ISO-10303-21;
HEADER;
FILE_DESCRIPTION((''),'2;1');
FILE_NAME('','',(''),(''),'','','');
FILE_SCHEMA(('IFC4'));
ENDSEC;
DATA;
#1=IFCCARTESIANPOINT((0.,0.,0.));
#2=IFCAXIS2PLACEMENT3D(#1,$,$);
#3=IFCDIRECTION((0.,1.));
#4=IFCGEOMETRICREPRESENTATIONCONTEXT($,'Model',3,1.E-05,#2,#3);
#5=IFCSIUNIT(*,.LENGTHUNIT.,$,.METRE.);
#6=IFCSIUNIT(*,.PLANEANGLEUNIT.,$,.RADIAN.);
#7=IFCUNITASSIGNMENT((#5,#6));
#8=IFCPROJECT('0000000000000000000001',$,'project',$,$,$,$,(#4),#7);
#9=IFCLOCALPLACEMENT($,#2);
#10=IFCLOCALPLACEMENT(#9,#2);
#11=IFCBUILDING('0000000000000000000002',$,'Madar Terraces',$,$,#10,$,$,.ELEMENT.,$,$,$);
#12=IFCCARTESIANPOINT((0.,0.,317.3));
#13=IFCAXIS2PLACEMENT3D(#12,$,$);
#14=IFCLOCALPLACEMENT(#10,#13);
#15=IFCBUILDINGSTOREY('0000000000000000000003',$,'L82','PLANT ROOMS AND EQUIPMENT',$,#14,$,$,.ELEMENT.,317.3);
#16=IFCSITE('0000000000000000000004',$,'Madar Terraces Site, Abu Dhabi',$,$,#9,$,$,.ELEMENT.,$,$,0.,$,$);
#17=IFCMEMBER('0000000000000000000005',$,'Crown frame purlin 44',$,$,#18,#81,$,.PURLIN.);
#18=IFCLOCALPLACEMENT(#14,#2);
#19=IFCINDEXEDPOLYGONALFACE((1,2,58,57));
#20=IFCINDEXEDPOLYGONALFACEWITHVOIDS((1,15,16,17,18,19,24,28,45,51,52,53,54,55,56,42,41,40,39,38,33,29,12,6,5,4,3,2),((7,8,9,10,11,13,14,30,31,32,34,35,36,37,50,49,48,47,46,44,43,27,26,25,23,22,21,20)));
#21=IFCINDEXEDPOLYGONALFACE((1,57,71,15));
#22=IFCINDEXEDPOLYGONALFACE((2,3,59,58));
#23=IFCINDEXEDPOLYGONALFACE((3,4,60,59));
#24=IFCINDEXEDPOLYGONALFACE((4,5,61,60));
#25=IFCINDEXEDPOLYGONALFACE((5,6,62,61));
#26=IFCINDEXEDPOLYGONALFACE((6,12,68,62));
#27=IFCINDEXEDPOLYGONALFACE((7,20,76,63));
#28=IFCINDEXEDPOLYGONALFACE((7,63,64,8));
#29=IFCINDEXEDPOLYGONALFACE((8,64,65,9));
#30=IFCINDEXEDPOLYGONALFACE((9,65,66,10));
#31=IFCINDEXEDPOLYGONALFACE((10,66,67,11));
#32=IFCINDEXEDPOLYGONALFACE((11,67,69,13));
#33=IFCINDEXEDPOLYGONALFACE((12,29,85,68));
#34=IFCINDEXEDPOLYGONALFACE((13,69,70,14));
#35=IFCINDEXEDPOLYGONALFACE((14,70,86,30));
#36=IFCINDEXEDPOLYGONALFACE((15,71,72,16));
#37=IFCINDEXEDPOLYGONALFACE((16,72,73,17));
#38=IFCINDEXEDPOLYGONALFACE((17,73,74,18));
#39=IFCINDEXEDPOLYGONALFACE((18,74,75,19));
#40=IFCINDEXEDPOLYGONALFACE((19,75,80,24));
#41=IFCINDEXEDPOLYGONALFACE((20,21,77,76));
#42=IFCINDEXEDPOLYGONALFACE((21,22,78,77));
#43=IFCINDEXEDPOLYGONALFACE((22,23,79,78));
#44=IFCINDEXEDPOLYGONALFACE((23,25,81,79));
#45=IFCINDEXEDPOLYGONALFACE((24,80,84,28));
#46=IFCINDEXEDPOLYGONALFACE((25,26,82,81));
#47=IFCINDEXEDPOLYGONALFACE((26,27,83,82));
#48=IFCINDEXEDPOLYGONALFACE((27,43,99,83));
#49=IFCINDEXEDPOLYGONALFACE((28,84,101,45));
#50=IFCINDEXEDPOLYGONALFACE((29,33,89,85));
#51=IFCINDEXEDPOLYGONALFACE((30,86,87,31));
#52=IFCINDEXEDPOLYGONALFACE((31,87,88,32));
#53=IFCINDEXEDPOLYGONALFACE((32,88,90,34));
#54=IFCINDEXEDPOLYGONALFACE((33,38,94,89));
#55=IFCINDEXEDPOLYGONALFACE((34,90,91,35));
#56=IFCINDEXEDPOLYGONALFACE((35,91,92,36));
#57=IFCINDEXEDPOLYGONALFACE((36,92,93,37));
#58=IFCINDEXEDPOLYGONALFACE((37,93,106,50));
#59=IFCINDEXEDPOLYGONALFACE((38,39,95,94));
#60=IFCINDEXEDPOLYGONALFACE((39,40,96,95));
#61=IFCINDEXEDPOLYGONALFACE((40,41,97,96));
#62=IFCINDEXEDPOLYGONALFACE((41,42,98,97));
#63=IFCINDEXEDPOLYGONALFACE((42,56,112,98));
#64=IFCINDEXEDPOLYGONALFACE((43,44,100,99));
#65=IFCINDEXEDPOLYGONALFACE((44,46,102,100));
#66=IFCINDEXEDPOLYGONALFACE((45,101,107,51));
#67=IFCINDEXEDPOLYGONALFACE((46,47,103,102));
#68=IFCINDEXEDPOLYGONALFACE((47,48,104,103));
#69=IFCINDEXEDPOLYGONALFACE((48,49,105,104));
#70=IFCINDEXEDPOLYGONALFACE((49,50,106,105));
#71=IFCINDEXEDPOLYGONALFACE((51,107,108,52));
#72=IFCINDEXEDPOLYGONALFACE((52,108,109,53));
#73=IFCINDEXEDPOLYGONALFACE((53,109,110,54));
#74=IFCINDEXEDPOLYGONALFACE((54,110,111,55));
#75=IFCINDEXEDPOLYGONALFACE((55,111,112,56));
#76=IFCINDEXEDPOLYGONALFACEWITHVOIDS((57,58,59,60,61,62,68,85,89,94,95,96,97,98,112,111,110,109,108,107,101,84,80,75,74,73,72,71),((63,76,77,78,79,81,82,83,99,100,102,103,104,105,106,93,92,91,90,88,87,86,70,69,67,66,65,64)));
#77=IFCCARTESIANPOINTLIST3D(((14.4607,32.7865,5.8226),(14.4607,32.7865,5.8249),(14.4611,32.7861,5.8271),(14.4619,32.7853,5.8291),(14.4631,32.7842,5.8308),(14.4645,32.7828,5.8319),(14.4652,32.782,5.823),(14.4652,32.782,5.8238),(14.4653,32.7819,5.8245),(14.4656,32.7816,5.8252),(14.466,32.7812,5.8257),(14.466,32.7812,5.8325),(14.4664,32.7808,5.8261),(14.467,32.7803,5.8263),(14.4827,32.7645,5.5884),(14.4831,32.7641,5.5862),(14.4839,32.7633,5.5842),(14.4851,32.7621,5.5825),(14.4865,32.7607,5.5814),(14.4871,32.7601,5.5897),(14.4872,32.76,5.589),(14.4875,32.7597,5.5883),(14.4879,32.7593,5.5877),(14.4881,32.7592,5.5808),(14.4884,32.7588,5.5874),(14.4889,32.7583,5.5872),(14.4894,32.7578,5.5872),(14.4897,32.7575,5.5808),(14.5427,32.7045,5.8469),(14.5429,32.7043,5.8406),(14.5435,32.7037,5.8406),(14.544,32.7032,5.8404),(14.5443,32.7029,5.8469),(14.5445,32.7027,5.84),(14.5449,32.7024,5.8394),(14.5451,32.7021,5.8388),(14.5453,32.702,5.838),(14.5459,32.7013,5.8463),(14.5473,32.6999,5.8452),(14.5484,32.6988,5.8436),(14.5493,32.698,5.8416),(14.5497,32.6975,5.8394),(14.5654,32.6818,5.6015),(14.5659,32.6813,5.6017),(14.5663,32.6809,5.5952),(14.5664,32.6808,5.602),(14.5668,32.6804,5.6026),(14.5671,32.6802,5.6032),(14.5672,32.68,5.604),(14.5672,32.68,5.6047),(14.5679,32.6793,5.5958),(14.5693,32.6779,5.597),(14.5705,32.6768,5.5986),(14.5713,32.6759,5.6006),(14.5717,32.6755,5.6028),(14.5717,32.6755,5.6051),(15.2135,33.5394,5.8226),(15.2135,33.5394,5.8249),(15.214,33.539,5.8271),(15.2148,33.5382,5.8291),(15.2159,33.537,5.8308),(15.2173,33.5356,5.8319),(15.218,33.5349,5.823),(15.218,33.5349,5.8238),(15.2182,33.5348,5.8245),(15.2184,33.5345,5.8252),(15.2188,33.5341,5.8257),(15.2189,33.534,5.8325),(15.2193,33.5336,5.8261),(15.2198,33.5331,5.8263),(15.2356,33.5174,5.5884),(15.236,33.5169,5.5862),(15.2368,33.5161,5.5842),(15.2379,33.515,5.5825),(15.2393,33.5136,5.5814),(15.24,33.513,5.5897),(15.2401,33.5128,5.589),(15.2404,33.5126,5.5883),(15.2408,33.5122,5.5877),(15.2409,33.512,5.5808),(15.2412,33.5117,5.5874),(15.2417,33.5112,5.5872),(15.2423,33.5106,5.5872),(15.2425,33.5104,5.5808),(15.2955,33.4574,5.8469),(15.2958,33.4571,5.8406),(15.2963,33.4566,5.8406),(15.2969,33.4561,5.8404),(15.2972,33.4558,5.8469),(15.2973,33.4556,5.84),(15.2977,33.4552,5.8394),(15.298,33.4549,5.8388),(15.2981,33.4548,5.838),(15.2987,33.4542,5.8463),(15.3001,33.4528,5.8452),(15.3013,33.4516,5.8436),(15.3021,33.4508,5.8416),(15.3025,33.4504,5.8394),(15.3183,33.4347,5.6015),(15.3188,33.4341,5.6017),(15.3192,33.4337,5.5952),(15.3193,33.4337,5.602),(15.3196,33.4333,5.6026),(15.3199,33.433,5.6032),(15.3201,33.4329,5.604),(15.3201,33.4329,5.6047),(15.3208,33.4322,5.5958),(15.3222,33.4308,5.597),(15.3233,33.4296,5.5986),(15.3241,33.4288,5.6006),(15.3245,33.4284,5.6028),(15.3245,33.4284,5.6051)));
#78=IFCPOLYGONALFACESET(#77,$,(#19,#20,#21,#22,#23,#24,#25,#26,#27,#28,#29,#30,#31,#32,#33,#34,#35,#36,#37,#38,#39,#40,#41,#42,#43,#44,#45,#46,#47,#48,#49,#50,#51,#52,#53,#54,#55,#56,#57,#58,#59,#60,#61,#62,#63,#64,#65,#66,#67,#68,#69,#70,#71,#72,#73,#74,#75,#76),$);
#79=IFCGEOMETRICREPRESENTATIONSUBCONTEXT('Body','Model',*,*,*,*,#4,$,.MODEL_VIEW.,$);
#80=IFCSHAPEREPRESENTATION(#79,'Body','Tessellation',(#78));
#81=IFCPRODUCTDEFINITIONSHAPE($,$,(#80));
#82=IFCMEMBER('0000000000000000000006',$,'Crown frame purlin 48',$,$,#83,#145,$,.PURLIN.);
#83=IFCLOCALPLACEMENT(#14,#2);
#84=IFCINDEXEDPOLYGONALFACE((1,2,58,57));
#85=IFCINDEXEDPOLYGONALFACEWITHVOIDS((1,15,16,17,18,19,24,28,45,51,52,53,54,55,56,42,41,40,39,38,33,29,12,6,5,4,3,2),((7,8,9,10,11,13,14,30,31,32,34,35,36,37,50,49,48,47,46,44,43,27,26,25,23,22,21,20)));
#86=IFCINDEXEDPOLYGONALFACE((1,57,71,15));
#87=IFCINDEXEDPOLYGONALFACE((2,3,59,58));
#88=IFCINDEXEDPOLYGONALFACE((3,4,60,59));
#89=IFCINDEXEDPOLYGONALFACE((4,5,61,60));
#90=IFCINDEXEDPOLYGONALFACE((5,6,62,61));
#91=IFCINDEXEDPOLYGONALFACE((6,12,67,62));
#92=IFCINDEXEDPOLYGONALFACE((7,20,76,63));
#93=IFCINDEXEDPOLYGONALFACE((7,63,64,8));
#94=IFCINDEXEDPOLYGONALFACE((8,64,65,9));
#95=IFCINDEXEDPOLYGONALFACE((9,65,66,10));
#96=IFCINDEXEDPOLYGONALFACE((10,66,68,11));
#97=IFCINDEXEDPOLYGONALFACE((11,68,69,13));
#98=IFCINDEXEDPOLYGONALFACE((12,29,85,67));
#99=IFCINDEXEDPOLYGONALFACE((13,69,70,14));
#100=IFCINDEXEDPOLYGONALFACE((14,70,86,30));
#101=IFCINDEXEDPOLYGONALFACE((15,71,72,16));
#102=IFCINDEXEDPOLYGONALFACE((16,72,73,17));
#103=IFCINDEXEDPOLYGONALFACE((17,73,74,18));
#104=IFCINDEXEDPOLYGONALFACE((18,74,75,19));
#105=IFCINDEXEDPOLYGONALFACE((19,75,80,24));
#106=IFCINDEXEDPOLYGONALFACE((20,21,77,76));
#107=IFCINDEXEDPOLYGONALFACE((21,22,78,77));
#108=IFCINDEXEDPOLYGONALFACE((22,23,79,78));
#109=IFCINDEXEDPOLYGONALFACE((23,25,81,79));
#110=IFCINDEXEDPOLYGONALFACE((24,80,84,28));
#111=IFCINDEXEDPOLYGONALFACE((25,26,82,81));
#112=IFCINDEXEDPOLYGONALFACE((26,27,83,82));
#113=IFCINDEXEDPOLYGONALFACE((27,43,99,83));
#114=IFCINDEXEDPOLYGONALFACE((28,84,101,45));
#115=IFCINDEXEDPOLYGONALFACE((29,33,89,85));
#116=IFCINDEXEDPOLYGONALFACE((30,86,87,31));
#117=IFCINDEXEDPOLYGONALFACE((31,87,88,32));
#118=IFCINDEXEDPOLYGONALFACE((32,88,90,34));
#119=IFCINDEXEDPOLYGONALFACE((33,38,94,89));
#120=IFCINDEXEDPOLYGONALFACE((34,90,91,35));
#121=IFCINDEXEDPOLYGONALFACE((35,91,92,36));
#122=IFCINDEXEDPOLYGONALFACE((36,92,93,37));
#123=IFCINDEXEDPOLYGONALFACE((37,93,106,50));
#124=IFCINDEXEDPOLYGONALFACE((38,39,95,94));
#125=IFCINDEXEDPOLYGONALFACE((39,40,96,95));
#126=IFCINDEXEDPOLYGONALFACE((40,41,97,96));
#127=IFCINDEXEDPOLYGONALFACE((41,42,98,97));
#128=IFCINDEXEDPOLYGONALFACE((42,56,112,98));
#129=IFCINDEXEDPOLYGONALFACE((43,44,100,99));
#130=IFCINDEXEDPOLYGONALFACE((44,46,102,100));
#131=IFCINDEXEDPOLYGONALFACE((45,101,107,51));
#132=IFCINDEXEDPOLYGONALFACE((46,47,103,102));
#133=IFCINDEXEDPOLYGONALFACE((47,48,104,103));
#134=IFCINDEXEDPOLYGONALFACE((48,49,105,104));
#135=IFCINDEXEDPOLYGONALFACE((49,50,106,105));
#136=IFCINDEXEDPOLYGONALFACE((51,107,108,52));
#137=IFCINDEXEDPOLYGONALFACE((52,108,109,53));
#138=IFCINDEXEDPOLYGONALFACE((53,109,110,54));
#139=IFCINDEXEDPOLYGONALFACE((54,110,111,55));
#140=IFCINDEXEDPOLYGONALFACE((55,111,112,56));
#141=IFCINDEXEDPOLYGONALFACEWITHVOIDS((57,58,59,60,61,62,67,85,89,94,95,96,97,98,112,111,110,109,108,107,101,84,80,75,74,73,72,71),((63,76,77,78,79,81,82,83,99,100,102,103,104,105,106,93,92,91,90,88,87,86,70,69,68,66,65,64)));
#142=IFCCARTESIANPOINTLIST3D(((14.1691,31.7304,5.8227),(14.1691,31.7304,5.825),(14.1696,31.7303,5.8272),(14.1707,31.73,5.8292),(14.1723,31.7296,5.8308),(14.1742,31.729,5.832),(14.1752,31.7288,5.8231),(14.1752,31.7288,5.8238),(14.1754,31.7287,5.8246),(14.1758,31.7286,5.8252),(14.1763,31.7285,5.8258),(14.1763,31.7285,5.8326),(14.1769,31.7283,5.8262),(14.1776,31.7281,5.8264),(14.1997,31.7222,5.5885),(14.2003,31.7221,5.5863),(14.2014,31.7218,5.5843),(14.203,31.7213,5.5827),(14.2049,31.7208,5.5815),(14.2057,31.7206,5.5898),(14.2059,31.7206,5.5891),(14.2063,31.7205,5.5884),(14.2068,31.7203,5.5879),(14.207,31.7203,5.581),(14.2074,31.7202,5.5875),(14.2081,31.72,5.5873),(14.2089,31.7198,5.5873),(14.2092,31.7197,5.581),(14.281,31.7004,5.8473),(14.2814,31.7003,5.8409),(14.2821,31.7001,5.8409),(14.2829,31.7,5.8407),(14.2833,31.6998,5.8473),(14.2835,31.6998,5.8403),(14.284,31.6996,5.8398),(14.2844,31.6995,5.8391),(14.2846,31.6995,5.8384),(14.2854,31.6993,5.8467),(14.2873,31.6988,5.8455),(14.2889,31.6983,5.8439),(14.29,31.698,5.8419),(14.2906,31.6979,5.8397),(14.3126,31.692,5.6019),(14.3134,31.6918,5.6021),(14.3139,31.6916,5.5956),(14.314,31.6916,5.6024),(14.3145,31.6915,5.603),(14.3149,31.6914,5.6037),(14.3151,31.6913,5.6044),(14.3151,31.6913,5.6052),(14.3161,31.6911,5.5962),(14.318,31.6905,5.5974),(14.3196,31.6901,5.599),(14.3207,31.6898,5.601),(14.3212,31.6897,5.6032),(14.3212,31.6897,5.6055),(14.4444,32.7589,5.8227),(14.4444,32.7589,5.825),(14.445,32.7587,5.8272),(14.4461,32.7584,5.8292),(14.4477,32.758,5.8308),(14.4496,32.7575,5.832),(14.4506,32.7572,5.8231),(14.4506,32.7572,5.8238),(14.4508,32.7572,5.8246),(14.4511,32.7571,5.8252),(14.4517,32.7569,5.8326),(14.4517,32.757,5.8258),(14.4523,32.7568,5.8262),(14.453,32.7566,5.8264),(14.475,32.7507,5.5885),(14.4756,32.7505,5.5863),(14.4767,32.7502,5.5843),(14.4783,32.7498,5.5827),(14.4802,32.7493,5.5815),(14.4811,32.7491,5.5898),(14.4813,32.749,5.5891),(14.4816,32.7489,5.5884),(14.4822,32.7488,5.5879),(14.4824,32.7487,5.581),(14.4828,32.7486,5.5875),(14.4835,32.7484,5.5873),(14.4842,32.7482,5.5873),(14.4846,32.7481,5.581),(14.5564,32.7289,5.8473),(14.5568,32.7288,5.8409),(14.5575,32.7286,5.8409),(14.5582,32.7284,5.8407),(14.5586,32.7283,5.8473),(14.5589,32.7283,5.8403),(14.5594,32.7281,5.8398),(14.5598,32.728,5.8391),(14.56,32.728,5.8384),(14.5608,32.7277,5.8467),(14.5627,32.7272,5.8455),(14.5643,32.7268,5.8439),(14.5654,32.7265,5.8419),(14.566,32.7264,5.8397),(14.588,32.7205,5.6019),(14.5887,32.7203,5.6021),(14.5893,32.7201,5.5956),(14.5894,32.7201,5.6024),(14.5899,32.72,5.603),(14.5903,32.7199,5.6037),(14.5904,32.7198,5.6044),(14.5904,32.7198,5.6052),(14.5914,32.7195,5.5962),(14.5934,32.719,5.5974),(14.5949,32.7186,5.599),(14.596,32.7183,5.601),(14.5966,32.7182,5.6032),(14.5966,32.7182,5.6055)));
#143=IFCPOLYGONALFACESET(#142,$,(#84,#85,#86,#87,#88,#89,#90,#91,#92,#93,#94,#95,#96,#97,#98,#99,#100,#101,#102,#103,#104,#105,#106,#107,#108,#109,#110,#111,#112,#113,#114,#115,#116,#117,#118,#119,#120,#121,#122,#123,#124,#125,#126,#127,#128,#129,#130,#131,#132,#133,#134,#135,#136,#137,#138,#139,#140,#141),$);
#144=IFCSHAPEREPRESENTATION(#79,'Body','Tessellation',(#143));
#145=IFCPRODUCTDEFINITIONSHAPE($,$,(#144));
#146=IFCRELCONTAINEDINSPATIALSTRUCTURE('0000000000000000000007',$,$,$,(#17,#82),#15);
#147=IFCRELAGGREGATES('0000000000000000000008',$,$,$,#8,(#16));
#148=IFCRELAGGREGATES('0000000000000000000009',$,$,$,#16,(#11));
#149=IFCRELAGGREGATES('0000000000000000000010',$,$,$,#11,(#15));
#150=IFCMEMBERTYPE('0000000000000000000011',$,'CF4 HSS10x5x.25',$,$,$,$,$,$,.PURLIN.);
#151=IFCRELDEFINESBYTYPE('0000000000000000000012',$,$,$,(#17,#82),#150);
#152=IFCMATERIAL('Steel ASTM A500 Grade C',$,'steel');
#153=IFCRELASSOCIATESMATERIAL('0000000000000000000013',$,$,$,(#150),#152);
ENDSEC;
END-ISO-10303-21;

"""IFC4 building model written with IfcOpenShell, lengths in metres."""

from ifc_helpers import new_model, si_unit, direction, frame, origin, origin_2d, place, context, subcontext, project, spatial, hollow_rectangle, extrude, material, material_profile, profile_set, type_object, element, save


model = new_model("IFC4")

# Units and contexts
model_context = context("Model", 3, precision=1e-05, world=origin(), true_north=direction((0.0, 1.0)))
body_context = subcontext(model_context, "Body", "Model", "MODEL_VIEW")
ifc_project = project(units=[si_unit("LENGTHUNIT", "METRE"), si_unit("PLANEANGLEUNIT", "RADIAN")], contexts=[model_context])

# Site, building, storey
site_placement = place(None, origin())
site = spatial("IfcSite", under=ifc_project, at=site_placement, Name="Madar Terraces Site, Abu Dhabi", CompositionType="ELEMENT", RefElevation=0.0)
building_placement = place(site_placement, origin())
building = spatial("IfcBuilding", under=site, at=building_placement, Name="Madar Terraces", CompositionType="ELEMENT")
storey_placement = place(building_placement, frame((0.0, 0.0, 317.3)))
storey = spatial("IfcBuildingStorey", under=building, at=storey_placement, Name="L82", Description="PLANT ROOMS AND EQUIPMENT", CompositionType="ELEMENT", Elevation=317.3)

# Members
ifc_material_1 = material(Name="Steel ASTM A500 Grade C", Category="steel")
ifc_material_profile_1 = material_profile(ifc_material_1, hollow_rectangle(XDim=0.127, YDim=0.2539, WallThickness=0.0063, InnerFilletRadius=0.0029, OuterFilletRadius=0.0088, at=origin_2d()), Name="HSS10x5x.25")
ifc_profile_set_1 = profile_set([ifc_material_profile_1], Name="Steel ASTM A500 Grade C")
member_type_1 = type_object("IfcMemberType", Name="CF4 HSS10x5x.25", PredefinedType="PURLIN", material=ifc_profile_set_1)
for number, where, z_axis, x_axis, name in (
    (1, (15.269, 33.4839, 5.7139), (-0.707107, -0.707107, 0.0), (0.700941, -0.700941, 0.131765), "Crown frame purlin 44"),
    (2, (14.5205, 32.7385, 5.7141), (-0.258633, -0.965976, 0.0), (0.957253, -0.256297, 0.134086), "Crown frame purlin 48"),
):
    element("IfcMember", number, at=place(storey_placement, frame(where, z_axis=z_axis, x_axis=x_axis)), inside=storey, type_object=member_type_1, Name=name, PredefinedType="PURLIN", context=body_context, shape_type="SweptSolid", body=[
        extrude(hollow_rectangle(XDim=0.127, YDim=0.2539, WallThickness=0.0063, InnerFilletRadius=0.0029, OuterFilletRadius=0.0088, at=origin_2d()), origin(), (0.0, 0.0, 1.0), 1.0647),
    ])

save(model, "model.ifc")
